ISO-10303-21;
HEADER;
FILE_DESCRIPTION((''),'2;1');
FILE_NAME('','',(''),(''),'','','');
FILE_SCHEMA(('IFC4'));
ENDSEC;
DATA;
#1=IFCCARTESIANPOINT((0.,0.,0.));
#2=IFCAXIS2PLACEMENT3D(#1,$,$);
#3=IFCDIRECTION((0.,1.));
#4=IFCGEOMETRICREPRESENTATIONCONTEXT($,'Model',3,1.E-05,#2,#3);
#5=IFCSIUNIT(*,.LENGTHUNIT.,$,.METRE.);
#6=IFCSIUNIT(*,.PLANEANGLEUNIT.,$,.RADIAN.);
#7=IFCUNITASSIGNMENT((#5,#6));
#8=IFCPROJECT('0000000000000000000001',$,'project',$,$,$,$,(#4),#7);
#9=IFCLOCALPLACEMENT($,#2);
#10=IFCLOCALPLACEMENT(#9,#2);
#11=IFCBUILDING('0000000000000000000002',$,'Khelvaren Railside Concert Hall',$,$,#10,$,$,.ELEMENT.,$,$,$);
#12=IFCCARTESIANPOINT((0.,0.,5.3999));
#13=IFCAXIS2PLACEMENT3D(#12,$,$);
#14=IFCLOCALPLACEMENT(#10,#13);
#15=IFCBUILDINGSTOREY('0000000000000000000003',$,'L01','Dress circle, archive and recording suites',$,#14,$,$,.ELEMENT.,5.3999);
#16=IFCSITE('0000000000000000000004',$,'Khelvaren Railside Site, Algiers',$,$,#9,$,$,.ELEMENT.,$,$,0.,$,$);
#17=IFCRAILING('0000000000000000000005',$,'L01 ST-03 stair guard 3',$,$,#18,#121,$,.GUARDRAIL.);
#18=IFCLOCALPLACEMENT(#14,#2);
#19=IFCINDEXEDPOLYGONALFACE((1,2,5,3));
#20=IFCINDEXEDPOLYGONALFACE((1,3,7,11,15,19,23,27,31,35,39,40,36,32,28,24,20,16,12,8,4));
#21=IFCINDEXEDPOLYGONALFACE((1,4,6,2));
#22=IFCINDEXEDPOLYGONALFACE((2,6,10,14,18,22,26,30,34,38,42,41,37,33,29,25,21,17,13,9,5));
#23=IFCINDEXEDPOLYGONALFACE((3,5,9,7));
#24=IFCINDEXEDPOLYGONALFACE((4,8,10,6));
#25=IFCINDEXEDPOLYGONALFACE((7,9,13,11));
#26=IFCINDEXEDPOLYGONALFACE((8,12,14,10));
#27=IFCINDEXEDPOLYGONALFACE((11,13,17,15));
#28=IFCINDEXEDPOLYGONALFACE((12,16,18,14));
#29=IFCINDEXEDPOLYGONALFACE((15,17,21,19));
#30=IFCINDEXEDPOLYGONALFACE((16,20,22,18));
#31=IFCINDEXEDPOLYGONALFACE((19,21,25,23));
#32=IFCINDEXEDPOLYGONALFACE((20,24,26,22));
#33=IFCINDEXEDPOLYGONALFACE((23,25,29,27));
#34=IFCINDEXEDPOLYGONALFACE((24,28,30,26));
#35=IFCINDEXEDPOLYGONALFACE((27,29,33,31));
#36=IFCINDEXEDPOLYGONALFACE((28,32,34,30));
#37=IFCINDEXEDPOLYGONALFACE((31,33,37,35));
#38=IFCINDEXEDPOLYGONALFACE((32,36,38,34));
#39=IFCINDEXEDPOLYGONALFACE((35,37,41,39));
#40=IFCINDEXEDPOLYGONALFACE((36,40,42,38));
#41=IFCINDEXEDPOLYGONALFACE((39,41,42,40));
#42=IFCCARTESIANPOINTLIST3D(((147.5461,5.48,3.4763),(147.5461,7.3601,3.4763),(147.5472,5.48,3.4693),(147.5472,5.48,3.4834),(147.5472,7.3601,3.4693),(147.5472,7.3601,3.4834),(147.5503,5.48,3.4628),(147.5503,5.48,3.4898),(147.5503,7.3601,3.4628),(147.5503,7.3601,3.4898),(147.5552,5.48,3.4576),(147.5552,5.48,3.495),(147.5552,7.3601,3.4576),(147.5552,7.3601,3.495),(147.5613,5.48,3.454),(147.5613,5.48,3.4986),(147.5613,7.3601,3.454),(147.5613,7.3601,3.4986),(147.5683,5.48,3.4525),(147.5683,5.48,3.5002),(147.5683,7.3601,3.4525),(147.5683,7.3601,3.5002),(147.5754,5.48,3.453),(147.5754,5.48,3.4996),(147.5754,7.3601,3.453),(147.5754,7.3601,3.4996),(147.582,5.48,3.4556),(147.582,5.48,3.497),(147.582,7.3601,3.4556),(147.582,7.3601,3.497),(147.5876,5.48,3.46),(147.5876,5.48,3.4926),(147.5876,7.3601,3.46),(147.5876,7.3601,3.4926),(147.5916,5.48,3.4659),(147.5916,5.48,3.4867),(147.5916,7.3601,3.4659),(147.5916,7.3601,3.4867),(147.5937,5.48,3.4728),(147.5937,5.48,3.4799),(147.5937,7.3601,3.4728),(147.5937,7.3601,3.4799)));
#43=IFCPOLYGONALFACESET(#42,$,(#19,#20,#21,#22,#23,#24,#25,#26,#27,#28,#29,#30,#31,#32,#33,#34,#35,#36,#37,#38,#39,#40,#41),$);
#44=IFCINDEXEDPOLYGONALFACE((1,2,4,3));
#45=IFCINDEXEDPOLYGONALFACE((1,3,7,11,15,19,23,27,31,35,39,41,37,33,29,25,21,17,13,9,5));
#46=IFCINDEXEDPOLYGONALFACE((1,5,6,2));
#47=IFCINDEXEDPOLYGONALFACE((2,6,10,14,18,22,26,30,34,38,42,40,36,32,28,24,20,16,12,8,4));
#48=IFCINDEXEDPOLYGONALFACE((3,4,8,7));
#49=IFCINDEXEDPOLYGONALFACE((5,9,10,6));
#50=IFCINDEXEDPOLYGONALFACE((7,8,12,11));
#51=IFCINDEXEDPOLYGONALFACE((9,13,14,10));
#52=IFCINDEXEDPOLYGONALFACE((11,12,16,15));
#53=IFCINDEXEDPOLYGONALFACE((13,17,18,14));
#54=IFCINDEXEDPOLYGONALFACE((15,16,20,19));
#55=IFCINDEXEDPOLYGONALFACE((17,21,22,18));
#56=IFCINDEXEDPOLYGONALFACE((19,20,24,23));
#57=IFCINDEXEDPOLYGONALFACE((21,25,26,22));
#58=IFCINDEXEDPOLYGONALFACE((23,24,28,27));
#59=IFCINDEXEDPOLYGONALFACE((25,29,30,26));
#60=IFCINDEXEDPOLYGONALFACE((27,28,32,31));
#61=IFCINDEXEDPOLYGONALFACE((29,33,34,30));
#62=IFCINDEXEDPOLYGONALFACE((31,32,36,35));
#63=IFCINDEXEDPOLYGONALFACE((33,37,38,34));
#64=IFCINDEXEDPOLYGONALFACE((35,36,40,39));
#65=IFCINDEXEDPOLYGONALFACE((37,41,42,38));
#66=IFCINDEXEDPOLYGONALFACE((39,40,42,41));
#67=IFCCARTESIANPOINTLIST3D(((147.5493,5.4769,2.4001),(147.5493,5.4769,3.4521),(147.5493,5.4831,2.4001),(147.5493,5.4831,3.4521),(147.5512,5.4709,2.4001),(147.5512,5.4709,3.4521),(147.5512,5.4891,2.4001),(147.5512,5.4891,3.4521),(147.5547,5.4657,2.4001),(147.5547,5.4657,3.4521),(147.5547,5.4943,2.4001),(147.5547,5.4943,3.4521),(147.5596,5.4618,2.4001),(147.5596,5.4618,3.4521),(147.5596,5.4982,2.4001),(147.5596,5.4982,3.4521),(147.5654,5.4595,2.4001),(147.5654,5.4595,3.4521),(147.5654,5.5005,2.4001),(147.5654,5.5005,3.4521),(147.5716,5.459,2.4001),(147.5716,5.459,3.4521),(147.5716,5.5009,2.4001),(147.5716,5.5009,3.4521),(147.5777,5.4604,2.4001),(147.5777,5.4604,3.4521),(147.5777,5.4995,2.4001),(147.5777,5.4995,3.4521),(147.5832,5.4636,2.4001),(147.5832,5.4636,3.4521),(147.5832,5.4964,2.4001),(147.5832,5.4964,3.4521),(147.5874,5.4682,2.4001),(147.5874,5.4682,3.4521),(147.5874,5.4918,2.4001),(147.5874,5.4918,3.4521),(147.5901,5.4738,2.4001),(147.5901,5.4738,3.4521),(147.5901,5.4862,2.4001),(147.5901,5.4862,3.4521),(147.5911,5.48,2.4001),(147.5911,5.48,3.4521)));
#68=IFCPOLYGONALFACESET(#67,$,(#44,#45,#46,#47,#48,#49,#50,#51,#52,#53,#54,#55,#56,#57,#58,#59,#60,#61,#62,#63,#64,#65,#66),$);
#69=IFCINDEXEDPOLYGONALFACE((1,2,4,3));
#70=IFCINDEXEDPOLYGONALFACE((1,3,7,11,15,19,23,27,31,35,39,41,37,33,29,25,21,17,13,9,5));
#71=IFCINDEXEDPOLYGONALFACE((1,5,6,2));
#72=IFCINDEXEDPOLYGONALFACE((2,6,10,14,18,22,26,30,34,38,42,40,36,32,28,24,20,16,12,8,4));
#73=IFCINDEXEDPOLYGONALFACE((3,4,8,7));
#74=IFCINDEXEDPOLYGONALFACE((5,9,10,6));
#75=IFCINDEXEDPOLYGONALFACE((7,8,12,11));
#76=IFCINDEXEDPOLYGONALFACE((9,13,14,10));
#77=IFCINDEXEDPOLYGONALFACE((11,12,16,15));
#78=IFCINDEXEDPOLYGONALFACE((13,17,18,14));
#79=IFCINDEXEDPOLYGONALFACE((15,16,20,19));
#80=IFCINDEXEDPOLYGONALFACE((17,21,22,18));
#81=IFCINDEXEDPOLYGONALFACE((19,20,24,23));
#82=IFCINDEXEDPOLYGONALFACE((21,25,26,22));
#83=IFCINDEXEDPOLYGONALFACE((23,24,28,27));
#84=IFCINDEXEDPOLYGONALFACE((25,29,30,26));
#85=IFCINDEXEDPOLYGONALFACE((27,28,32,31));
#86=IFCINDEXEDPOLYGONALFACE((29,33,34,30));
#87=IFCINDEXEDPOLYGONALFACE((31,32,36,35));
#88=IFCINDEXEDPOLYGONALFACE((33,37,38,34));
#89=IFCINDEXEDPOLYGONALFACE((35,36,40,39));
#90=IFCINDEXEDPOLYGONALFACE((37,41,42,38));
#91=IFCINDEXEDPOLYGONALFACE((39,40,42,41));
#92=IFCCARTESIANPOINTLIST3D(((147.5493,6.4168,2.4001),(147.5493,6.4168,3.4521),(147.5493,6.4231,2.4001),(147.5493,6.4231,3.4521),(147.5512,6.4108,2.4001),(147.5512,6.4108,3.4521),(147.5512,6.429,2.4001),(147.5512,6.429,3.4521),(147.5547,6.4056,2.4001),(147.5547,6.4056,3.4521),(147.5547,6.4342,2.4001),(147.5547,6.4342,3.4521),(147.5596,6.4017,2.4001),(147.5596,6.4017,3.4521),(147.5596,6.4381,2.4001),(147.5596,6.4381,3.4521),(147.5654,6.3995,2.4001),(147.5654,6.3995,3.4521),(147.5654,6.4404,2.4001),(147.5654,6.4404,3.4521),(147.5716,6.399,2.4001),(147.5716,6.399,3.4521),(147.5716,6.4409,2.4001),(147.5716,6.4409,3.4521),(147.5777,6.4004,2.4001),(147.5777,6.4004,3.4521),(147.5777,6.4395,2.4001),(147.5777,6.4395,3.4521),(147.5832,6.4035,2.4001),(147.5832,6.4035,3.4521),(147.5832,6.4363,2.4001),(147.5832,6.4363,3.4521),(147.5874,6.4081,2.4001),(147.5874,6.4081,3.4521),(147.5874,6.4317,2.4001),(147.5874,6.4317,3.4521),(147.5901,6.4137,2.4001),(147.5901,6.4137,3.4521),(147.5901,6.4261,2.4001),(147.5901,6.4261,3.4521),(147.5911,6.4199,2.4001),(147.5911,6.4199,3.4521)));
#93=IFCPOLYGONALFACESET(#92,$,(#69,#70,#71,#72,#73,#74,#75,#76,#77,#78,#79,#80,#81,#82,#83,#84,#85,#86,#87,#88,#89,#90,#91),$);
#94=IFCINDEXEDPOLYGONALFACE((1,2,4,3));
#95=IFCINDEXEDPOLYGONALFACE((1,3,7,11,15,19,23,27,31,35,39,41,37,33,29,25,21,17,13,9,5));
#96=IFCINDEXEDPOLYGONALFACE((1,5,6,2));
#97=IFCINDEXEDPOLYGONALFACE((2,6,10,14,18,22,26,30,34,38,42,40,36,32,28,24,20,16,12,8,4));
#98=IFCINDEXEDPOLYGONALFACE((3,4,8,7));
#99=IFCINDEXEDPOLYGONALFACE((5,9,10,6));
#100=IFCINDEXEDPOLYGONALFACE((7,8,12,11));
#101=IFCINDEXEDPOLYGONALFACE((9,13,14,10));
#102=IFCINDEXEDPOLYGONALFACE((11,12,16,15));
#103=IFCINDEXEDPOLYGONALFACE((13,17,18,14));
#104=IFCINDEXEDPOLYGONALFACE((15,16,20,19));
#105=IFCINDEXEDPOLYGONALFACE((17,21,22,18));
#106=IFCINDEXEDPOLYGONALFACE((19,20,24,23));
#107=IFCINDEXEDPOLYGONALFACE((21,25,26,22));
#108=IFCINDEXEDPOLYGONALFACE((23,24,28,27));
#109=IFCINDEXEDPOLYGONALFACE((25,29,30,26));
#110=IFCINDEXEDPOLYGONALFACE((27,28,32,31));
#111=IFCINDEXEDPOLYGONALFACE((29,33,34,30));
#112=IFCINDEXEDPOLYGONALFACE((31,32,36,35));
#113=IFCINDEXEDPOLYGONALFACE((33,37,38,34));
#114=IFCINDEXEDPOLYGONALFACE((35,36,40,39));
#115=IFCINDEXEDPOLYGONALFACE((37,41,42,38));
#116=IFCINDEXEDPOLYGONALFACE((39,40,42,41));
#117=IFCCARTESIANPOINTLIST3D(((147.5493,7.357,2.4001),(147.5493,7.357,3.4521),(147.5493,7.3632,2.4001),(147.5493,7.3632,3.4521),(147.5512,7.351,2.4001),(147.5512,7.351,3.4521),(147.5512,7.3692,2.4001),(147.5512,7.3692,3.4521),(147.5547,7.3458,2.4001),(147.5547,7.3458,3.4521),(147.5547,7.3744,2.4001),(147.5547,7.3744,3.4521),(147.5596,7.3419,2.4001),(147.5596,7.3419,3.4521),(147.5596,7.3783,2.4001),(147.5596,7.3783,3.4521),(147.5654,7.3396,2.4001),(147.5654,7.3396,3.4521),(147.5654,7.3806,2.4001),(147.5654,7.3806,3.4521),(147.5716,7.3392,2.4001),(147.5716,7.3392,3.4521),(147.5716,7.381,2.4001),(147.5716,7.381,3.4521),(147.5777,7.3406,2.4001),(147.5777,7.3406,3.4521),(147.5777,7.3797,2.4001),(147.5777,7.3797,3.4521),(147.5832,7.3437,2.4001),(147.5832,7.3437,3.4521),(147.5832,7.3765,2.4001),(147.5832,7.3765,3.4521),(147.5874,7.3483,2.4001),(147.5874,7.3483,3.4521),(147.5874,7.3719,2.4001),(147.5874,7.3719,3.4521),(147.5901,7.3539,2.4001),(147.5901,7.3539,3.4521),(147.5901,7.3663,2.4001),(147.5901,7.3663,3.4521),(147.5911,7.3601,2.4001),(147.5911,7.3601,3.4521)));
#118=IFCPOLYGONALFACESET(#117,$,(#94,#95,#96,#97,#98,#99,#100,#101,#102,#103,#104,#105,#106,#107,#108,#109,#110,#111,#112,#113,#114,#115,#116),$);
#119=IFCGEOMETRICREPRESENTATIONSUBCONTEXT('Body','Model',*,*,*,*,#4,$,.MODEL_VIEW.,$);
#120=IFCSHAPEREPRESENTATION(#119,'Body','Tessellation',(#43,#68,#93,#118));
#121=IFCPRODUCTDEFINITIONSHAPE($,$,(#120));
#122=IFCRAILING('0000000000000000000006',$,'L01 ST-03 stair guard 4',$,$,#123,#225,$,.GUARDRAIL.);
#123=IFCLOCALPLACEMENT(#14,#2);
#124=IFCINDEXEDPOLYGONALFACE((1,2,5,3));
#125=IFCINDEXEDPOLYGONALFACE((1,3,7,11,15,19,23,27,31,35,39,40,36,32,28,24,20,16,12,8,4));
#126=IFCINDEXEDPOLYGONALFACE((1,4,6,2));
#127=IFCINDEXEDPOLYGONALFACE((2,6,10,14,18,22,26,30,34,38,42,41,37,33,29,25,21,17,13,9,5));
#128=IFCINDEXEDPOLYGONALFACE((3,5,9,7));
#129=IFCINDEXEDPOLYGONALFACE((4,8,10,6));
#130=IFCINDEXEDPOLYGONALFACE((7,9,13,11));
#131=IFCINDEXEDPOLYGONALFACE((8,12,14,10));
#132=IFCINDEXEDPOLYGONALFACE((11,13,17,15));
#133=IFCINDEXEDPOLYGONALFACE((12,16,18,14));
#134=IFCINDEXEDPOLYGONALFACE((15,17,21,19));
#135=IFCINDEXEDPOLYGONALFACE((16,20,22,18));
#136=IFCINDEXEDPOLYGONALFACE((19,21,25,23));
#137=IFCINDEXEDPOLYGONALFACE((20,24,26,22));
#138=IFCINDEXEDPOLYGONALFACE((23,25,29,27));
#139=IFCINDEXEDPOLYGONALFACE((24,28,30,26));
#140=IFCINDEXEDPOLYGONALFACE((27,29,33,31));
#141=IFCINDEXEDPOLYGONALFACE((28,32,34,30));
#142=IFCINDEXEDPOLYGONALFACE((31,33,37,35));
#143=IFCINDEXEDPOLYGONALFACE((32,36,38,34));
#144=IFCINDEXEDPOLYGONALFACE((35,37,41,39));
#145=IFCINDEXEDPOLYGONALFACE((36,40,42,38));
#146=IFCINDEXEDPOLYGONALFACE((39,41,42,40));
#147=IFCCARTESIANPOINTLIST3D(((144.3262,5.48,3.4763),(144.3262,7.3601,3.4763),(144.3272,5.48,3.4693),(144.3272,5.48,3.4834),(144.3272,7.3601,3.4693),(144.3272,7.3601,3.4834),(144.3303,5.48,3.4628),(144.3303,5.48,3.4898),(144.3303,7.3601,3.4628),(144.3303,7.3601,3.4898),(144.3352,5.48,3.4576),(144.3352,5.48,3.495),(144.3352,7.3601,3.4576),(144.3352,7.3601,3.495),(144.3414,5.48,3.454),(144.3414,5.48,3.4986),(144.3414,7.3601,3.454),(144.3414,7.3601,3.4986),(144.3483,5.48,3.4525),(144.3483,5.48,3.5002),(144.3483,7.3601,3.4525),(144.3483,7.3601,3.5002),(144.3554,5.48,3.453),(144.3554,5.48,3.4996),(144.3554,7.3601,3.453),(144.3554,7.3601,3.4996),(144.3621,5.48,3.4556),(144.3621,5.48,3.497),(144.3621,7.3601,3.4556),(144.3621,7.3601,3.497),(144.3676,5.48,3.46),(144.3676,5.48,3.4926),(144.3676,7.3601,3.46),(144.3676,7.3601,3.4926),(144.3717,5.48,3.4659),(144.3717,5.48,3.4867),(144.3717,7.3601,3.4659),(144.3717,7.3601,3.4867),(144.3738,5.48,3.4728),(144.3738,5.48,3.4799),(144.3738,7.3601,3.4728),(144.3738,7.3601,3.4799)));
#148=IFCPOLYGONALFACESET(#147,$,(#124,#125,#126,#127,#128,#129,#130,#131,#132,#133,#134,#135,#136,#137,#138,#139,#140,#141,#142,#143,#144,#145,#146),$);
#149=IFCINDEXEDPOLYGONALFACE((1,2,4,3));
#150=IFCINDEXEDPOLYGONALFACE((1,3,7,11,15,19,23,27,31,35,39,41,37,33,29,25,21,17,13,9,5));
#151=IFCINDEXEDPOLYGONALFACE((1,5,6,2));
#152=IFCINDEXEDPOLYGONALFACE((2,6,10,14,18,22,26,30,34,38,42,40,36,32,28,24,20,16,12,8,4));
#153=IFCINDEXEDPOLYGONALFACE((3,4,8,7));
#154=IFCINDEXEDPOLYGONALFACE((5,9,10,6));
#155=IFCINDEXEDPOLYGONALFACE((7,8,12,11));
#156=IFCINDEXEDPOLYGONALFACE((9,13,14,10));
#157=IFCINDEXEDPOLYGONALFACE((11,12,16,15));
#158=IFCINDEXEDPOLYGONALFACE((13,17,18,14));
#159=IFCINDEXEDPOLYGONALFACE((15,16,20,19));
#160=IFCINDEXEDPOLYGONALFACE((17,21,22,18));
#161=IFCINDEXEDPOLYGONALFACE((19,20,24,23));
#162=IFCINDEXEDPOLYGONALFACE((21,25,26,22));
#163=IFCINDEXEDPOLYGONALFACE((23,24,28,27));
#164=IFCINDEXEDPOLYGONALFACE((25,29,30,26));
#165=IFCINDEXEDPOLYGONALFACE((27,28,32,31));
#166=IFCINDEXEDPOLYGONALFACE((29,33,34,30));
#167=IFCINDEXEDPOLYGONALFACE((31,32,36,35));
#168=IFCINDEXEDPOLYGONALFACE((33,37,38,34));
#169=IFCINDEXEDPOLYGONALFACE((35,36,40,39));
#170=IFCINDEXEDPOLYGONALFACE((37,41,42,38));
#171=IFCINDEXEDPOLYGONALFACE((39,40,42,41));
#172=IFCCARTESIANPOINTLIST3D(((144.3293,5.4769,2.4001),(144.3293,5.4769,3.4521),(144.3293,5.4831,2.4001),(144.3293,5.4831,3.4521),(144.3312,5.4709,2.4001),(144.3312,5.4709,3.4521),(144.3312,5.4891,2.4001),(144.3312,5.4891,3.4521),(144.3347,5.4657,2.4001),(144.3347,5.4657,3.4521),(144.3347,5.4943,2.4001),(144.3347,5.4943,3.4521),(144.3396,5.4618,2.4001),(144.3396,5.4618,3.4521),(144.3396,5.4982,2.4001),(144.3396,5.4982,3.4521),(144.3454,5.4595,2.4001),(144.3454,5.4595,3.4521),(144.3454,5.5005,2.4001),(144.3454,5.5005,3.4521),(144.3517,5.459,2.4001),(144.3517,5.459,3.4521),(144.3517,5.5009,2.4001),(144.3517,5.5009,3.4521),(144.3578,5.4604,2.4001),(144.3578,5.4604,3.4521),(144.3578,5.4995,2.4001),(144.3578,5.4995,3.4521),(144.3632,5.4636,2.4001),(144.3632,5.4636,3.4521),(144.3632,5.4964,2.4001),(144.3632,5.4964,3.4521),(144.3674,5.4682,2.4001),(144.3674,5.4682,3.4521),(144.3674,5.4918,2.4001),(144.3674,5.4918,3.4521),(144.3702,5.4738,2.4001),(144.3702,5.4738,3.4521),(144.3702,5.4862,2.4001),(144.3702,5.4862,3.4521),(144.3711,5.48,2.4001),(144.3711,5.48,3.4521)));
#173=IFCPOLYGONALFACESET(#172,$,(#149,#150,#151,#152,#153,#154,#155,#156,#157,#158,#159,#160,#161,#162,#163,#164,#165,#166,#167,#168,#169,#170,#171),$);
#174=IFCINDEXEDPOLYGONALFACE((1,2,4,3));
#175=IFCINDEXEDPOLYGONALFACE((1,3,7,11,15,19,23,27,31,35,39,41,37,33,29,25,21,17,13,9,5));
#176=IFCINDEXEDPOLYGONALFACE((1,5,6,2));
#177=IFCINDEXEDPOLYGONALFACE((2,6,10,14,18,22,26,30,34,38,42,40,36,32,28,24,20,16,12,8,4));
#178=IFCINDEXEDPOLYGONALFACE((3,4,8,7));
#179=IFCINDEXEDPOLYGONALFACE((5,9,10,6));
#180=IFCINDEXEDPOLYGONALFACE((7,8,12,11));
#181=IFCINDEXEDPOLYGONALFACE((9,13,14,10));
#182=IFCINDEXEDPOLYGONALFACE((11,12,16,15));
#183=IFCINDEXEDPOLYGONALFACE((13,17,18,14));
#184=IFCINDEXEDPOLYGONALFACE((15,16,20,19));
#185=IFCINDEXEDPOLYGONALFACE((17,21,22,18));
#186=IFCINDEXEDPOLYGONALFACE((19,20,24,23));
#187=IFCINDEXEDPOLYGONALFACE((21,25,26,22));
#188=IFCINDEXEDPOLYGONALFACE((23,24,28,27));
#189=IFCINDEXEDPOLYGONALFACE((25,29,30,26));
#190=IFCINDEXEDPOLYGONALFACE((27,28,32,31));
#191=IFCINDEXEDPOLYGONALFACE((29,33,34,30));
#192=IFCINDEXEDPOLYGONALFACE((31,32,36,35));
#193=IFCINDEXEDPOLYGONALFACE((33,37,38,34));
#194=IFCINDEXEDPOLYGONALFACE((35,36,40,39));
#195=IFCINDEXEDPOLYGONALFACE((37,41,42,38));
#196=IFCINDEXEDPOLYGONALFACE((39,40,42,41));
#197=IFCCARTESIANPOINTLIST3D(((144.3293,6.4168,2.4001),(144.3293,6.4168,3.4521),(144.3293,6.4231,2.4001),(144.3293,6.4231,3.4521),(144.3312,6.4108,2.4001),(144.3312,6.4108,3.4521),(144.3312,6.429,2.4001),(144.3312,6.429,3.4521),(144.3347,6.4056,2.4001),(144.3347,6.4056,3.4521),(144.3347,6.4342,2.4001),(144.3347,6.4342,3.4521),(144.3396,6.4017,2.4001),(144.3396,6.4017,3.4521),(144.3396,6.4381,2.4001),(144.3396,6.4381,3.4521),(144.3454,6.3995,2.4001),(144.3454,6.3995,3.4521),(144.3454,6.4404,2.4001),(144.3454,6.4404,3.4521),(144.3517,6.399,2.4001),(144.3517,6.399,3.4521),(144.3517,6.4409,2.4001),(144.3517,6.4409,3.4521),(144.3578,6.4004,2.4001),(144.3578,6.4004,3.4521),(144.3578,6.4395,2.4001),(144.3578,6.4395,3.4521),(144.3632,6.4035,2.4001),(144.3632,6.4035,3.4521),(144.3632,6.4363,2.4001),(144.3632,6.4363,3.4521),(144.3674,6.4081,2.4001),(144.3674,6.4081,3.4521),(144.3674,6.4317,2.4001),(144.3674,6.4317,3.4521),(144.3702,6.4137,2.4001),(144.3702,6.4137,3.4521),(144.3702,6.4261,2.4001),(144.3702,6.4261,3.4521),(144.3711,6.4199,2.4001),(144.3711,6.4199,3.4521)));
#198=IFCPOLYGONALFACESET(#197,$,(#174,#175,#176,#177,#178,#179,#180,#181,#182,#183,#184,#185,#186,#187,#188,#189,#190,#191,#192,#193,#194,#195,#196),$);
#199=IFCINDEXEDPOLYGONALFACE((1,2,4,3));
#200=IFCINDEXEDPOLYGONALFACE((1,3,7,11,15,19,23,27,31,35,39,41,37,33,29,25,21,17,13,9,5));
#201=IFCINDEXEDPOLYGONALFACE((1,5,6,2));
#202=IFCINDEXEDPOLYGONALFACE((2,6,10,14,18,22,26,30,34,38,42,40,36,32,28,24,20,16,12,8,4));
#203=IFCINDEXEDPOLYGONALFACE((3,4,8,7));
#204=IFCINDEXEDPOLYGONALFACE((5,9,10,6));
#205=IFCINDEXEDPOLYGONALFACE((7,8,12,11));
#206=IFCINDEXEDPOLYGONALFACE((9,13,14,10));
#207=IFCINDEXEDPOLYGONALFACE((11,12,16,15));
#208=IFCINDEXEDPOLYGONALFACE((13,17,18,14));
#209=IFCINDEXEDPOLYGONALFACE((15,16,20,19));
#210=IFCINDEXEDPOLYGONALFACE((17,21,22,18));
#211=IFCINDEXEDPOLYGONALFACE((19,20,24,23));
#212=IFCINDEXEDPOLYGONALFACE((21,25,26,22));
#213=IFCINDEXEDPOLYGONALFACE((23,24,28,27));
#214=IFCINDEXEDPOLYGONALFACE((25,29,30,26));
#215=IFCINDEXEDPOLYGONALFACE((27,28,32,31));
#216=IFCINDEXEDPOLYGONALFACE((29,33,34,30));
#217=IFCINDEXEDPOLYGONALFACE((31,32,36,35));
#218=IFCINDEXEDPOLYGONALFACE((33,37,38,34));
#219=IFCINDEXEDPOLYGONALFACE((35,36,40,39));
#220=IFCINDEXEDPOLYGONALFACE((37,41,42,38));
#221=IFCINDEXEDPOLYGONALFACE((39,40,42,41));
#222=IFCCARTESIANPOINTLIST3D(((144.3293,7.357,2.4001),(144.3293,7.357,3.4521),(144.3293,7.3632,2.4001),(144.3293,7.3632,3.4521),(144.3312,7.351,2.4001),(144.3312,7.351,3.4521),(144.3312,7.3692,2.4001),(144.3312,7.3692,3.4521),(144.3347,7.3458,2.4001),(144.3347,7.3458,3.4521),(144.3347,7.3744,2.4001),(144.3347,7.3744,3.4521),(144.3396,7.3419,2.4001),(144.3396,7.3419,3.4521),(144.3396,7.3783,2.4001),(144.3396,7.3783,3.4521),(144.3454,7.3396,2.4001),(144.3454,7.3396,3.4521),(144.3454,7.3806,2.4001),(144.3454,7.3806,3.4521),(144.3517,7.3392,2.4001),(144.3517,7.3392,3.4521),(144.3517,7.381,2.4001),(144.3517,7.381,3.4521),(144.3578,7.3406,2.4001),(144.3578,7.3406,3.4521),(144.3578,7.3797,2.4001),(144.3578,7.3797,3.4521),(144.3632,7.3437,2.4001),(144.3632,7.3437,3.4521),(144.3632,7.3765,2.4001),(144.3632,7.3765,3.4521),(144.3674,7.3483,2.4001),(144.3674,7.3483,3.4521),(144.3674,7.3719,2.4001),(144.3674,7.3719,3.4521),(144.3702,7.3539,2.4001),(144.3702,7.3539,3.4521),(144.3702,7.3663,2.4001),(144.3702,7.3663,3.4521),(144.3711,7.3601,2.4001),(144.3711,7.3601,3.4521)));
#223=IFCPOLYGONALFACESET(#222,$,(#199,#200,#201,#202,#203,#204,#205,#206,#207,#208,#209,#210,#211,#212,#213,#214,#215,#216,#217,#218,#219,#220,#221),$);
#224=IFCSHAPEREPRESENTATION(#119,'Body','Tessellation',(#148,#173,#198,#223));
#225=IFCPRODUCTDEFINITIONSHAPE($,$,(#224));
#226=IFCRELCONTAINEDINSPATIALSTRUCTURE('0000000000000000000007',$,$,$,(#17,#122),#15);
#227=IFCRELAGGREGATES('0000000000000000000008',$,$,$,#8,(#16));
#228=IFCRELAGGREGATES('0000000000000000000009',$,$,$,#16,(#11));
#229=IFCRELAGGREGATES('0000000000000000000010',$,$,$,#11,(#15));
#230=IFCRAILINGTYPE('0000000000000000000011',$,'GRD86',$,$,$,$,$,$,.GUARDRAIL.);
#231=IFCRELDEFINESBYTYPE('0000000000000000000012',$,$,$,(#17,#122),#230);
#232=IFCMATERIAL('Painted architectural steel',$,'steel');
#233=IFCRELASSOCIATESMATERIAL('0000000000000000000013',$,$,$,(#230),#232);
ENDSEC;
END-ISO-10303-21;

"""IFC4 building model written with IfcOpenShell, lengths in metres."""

from ifc_helpers import new_model, si_unit, direction, frame, origin, origin_2d, place, context, subcontext, project, spatial, circle, extrude, material, type_object, element, save


model = new_model("IFC4")

# Units and contexts
model_context = context("Model", 3, precision=1e-05, world=origin(), true_north=direction((0.0, 1.0)))
body_context = subcontext(model_context, "Body", "Model", "MODEL_VIEW")
ifc_project = project(units=[si_unit("LENGTHUNIT", "METRE"), si_unit("PLANEANGLEUNIT", "RADIAN")], contexts=[model_context])

# Site, building, storey
site_placement = place(None, origin())
site = spatial("IfcSite", under=ifc_project, at=site_placement, Name="Khelvaren Railside Site, Algiers", CompositionType="ELEMENT", RefElevation=0.0)
building_placement = place(site_placement, origin())
building = spatial("IfcBuilding", under=site, at=building_placement, Name="Khelvaren Railside Concert Hall", CompositionType="ELEMENT")
storey_placement = place(building_placement, frame((0.0, 0.0, 5.3999)))
storey = spatial("IfcBuildingStorey", under=building, at=storey_placement, Name="L01", Description="Dress circle, archive and recording suites", CompositionType="ELEMENT", Elevation=5.3999)

# Railings
ifc_material_1 = material(Name="Painted architectural steel", Category="steel")
railing_type_1 = type_object("IfcRailingType", Name="GRD86", PredefinedType="GUARDRAIL", material=ifc_material_1)
for number, where, name in (
    (1, (147.5701, 5.48, 2.4001), "L01 ST-03 stair guard 3"),
    (2, (144.3501, 5.48, 2.4001), "L01 ST-03 stair guard 4"),
):
    element("IfcRailing", number, at=place(storey_placement, frame(where)), inside=storey, type_object=railing_type_1, Name=name, PredefinedType="GUARDRAIL", context=body_context, shape_type="SweptSolid", body=[
        extrude(circle(Radius=0.0239, at=origin_2d()), frame((0.0, 0.0, 1.0762), z_axis=(0.0, 1.0, 0.0), x_axis=(-1.0, 0.0, 0.0)), (0.0, 0.0, 1.0), 1.8801),
        extrude(circle(Radius=0.021, at=origin_2d()), origin(), (0.0, 0.0, 1.0), 1.052),
        extrude(circle(Radius=0.021, at=origin_2d()), frame((0.0, 0.9399, 0.0)), (0.0, 0.0, 1.0), 1.052),
        extrude(circle(Radius=0.021, at=origin_2d()), frame((0.0, 1.8801, 0.0)), (0.0, 0.0, 1.0), 1.052),
    ])

save(model, "model.ifc")
